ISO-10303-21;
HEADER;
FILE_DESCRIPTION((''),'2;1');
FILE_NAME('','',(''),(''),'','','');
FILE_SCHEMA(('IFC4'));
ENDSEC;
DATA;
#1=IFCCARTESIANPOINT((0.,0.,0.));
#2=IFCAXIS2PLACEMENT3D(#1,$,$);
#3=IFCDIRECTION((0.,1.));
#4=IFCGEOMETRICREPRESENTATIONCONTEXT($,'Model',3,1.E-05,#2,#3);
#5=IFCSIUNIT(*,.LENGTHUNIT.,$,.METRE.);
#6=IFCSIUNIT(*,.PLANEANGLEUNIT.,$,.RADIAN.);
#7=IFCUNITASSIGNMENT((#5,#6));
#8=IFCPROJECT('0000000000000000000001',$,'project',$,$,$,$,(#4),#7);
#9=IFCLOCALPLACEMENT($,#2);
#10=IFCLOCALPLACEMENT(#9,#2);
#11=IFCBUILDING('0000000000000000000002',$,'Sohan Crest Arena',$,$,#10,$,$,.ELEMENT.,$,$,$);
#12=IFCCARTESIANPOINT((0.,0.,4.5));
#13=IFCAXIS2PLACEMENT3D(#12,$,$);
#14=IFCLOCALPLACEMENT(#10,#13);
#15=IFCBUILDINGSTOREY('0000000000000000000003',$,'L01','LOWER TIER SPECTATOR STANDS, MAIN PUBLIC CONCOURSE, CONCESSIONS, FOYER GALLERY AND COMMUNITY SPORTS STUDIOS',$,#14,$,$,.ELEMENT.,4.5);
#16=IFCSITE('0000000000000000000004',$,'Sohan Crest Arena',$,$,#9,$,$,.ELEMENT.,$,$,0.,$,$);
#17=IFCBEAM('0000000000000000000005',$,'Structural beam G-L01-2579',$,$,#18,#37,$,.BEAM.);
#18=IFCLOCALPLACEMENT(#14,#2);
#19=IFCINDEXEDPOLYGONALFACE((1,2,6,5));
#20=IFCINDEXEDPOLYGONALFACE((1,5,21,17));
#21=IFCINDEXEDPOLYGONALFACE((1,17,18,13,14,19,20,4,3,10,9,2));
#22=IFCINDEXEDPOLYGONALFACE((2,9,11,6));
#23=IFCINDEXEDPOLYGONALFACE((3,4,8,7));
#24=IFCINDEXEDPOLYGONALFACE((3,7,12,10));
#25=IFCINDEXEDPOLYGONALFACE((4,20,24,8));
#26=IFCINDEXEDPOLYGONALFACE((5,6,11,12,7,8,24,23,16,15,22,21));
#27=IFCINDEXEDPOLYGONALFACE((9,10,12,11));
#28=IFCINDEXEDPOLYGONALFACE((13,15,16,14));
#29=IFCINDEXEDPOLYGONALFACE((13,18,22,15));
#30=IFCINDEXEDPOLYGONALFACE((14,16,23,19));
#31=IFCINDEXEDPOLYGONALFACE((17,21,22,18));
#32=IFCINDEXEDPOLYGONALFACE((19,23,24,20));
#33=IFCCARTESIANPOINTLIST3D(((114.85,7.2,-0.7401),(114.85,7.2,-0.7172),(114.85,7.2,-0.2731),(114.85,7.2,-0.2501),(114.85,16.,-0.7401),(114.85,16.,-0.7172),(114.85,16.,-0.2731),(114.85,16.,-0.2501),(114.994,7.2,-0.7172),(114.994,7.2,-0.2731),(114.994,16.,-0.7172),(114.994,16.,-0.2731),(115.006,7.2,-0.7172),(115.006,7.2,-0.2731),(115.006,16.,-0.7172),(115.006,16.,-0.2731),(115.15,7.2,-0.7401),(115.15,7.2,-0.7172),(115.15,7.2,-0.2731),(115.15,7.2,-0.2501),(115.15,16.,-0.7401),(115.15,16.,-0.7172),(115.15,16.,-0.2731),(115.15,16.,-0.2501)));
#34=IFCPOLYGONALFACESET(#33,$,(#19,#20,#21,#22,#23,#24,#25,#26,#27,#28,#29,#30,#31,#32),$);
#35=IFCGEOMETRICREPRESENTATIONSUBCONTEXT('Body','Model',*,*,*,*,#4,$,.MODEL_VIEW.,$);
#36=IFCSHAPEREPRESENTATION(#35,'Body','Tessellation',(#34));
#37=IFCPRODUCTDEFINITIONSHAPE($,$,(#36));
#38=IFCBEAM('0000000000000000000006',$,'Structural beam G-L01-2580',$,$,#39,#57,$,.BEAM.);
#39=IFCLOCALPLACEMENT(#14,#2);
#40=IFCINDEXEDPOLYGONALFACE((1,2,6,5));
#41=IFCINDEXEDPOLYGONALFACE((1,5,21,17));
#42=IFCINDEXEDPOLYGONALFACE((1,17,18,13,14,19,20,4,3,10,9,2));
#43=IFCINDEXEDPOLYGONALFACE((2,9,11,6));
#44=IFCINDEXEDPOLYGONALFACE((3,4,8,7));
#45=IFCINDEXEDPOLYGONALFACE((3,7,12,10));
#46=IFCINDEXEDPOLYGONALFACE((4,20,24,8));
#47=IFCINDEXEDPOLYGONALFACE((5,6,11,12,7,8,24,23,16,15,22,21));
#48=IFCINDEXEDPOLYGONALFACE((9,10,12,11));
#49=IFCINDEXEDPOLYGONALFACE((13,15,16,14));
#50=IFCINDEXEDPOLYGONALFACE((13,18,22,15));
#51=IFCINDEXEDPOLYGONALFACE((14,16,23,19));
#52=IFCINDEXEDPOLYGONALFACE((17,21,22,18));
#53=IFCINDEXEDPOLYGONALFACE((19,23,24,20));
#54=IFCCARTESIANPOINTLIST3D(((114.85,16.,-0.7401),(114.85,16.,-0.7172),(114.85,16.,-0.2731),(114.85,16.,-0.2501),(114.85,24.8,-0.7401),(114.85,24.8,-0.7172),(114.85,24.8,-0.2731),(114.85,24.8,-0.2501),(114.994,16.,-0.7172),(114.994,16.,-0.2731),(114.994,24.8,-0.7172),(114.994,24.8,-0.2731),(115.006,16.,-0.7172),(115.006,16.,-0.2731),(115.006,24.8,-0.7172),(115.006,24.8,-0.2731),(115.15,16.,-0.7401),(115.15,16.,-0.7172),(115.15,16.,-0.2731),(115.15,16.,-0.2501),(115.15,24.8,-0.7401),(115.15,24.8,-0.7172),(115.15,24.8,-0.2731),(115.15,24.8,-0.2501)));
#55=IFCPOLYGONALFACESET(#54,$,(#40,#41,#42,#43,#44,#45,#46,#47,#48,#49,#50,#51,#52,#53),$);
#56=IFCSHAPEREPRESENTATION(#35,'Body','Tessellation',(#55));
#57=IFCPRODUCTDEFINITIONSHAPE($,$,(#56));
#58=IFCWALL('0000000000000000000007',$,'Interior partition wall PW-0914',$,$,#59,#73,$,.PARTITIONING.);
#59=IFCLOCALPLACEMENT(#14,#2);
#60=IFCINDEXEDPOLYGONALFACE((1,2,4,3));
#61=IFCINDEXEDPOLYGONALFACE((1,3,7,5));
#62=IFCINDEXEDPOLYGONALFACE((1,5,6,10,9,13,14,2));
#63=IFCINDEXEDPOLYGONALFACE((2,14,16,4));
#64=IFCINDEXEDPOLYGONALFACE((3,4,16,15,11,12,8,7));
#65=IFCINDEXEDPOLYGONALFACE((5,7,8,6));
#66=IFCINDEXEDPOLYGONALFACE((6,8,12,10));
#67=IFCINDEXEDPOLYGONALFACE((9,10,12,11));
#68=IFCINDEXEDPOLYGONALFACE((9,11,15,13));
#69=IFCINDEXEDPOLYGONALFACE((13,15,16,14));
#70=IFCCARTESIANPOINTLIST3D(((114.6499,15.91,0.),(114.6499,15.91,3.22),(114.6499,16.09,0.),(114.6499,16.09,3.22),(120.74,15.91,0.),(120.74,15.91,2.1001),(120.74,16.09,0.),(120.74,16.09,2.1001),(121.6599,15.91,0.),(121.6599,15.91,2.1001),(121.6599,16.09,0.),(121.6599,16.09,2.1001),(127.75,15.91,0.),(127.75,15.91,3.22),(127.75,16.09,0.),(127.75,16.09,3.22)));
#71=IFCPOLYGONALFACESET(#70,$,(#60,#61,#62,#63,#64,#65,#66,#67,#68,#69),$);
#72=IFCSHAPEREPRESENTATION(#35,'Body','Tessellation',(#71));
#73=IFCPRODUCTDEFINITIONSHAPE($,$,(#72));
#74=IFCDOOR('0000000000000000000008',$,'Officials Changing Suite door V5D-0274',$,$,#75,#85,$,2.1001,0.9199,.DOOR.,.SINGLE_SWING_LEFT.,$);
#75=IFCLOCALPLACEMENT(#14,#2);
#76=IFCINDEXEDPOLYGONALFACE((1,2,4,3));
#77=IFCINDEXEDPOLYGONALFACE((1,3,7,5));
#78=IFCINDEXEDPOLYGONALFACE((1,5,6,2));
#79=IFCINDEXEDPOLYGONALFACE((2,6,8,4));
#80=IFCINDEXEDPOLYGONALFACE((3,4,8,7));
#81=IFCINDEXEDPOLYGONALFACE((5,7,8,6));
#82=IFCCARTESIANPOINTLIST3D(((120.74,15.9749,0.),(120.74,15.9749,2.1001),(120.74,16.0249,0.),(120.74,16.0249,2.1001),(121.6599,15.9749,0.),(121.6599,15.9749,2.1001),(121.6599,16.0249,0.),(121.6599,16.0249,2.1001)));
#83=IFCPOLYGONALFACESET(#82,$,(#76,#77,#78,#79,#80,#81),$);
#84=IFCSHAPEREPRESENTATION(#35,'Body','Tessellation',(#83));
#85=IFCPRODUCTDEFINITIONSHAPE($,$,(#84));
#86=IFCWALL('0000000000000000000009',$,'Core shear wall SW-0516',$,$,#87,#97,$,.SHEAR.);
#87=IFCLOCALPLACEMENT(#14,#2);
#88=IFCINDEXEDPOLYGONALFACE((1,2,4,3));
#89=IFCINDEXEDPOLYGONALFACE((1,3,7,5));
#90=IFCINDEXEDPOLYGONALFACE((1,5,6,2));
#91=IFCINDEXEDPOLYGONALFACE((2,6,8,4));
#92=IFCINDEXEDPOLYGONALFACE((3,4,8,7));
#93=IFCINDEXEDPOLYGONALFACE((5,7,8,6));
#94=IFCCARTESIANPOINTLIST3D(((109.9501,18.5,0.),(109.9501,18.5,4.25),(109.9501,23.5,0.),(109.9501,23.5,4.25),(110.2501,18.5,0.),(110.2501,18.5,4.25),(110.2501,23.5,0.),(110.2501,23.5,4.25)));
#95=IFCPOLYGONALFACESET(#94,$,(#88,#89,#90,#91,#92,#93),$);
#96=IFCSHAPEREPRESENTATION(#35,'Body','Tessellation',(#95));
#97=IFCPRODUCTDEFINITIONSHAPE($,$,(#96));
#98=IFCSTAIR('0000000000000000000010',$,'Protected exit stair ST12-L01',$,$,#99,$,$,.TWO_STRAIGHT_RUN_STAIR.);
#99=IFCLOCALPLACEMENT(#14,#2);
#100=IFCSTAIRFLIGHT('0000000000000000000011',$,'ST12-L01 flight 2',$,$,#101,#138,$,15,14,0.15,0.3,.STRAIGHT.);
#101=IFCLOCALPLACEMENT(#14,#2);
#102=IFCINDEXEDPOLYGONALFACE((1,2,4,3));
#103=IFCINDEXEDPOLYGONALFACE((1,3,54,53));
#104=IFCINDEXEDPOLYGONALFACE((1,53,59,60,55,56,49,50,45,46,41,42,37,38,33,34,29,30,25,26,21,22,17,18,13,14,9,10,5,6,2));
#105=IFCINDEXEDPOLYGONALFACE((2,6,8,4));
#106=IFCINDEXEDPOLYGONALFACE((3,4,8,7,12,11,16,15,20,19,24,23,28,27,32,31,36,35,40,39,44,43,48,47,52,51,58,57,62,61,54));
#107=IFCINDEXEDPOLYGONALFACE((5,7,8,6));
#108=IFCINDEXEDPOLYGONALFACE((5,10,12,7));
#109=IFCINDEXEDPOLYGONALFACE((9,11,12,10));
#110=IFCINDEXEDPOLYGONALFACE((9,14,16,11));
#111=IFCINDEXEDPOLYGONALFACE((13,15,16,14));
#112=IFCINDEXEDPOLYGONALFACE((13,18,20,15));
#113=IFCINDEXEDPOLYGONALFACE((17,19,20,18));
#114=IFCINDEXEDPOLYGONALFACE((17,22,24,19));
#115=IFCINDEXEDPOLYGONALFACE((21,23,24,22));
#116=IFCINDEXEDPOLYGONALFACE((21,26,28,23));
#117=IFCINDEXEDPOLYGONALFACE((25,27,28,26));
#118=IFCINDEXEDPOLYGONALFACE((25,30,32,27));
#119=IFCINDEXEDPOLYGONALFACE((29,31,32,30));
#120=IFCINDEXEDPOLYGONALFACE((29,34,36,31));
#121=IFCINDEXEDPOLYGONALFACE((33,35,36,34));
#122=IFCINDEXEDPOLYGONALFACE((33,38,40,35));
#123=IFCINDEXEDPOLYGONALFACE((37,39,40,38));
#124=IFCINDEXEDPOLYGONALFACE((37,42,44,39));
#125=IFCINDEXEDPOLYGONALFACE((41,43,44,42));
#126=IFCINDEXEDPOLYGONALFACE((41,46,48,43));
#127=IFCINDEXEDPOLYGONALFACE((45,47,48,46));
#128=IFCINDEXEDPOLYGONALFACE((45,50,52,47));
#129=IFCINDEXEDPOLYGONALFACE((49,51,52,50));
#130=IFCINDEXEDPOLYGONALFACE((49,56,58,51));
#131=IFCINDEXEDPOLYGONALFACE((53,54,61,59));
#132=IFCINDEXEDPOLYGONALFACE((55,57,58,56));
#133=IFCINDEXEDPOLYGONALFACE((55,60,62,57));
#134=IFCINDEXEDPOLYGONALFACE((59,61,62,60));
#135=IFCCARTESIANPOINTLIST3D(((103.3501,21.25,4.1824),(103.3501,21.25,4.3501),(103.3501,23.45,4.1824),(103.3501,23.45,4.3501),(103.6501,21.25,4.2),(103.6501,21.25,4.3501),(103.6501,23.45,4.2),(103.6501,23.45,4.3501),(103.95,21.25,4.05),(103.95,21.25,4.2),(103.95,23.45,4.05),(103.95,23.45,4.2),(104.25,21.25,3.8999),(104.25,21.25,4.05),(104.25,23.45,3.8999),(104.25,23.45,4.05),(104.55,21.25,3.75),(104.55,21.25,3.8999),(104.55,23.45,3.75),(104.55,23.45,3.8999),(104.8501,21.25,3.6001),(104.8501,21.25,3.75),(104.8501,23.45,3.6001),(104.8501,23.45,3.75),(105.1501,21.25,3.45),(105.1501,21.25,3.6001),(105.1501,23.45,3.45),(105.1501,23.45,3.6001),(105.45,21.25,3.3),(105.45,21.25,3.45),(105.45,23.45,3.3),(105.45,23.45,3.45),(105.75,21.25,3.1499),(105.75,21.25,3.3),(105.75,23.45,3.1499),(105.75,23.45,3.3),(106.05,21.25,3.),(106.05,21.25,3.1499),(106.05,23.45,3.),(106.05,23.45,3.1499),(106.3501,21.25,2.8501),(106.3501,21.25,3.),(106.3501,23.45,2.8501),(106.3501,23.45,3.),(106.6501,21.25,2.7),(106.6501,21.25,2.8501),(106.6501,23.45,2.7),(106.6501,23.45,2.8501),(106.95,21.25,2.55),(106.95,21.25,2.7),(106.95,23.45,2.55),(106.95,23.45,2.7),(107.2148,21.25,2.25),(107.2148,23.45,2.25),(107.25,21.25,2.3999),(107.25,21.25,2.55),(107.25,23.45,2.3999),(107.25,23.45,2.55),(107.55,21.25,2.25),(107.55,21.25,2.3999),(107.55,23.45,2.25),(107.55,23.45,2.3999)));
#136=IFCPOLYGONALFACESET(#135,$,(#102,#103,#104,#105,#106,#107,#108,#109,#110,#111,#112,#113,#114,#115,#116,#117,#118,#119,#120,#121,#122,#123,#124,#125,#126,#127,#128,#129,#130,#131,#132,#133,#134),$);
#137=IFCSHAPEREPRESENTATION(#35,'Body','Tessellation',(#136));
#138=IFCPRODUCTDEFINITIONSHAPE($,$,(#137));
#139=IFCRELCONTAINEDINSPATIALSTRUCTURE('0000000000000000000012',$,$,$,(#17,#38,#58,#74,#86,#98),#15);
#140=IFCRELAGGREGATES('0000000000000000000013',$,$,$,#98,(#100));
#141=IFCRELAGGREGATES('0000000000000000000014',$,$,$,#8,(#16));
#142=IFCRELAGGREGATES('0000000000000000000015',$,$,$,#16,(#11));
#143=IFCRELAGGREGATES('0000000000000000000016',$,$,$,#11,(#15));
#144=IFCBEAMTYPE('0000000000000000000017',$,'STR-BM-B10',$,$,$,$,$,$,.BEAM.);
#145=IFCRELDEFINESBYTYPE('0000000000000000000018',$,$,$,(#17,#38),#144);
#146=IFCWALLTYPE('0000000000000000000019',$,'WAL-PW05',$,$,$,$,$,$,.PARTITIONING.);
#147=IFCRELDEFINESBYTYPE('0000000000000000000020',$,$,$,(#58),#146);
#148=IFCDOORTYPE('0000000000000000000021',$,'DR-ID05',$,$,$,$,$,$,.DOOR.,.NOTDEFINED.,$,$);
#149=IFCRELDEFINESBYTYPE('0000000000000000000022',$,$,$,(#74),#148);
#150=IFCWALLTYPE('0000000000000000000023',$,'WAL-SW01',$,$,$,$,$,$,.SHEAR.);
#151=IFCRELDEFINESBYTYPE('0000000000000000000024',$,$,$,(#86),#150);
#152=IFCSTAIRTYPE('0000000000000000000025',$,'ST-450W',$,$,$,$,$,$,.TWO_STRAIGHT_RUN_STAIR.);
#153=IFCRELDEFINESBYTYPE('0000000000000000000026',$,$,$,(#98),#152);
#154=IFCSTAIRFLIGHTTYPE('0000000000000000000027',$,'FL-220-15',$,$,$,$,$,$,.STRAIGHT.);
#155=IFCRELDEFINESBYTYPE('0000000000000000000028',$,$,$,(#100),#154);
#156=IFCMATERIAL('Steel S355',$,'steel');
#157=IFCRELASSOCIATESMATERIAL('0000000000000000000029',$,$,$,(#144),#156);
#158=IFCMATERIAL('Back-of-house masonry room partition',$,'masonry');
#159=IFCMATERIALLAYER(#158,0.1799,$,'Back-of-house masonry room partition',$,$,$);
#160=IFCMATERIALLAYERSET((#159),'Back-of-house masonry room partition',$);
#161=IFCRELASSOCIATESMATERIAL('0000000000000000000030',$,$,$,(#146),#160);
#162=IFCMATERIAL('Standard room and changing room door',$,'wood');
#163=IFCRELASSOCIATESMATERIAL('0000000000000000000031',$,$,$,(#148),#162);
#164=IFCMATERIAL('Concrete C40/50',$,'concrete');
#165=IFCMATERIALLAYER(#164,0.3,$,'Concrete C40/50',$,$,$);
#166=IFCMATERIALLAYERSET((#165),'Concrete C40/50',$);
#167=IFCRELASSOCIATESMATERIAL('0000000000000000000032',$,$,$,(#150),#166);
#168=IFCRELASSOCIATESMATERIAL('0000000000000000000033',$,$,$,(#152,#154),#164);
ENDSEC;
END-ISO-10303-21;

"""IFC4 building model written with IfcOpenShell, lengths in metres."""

from ifc_helpers import new_model, si_unit, direction, frame, frame_2d, origin, origin_2d, place, context, subcontext, project, spatial, polyline, rectangle, i_section, outline, extrude, material, layer, layer_set, material_profile, profile_set, type_object, element, fill, aggregate, save


model = new_model("IFC4")

# Units and contexts
model_context = context("Model", 3, precision=1e-05, world=origin(), true_north=direction((0.0, 1.0)))
body_context = subcontext(model_context, "Body", "Model", "MODEL_VIEW")
ifc_project = project(units=[si_unit("LENGTHUNIT", "METRE"), si_unit("PLANEANGLEUNIT", "RADIAN")], contexts=[model_context])

# Site, building, storey
site_placement = place(None, origin())
site = spatial("IfcSite", under=ifc_project, at=site_placement, Name="Sohan Crest Arena", CompositionType="ELEMENT", RefElevation=0.0)
building_placement = place(site_placement, origin())
building = spatial("IfcBuilding", under=site, at=building_placement, Name="Sohan Crest Arena", CompositionType="ELEMENT")
storey_placement = place(building_placement, frame((0.0, 0.0, 4.5)))
storey = spatial("IfcBuildingStorey", under=building, at=storey_placement, Name="L01", Description="LOWER TIER SPECTATOR STANDS, MAIN PUBLIC CONCOURSE, CONCESSIONS, FOYER GALLERY AND COMMUNITY SPORTS STUDIOS", CompositionType="ELEMENT", Elevation=4.5)

# Shared definitions
ifc_material_1 = material(Name="Steel S355", Category="steel")

# Beams
ifc_material_profile_1 = material_profile(ifc_material_1, i_section(OverallWidth=0.3, OverallDepth=0.49, WebThickness=0.012, FlangeThickness=0.0229, at=origin_2d()), Name="HEA 500")
ifc_profile_set_1 = profile_set([ifc_material_profile_1], Name="Steel S355")
beam_type_1 = type_object("IfcBeamType", Name="STR-BM-B10", PredefinedType="BEAM", material=ifc_profile_set_1)
for number, where, z_axis, x_axis, name in (
    (1, (115.0, 7.2, -0.4951), (0.0, 1.0, 0.0), (-1.0, 0.0, 0.0), "Structural beam G-L01-2579"),
    (2, (115.0, 16.0, -0.4951), (0.0, 1.0, 0.0), (-1.0, 0.0, 0.0), "Structural beam G-L01-2580"),
):
    element("IfcBeam", number, at=place(storey_placement, frame(where, z_axis=z_axis, x_axis=x_axis)), inside=storey, type_object=beam_type_1, Name=name, PredefinedType="BEAM", context=body_context, shape_type="SweptSolid", body=[
        extrude(i_section(OverallWidth=0.3, OverallDepth=0.49, WebThickness=0.012, FlangeThickness=0.0229, at=origin_2d()), origin(), (0.0, 0.0, 1.0), 8.8),
    ])

# Wall, opening, door
ifc_material_2 = material(Name="Back-of-house masonry room partition", Category="masonry")
ifc_layer_1 = layer(ifc_material_2, 0.1799, Name="Back-of-house masonry room partition")
ifc_layer_set_1 = layer_set([ifc_layer_1], Name="Back-of-house masonry room partition")
wall_type_1 = type_object("IfcWallType", Name="WAL-PW05", PredefinedType="PARTITIONING", material=ifc_layer_set_1)
wall_1_placement = place(storey_placement, frame((114.6499, 16.0, 0.0), z_axis=(0.0, 0.0, 1.0), x_axis=(1.0, 0.0, 0.0)))
wall_1 = element("IfcWall", 3, at=wall_1_placement, inside=storey, type_object=wall_type_1, Name="Interior partition wall PW-0914", PredefinedType="PARTITIONING", context=body_context, shape_type="SweptSolid", body=[
    extrude(rectangle(XDim=13.1001, YDim=0.1799, at=frame_2d((6.55, 0.0))), origin(), (0.0, 0.0, 1.0), 3.22),
])
opening_placement = place(wall_1_placement, frame((6.0901, 0.0, 0.0)))
opening = element("IfcOpeningElement", 4, at=opening_placement, cuts=wall_1, PredefinedType="OPENING", context=body_context, shape_type="SweptSolid", body=[
    extrude(rectangle(XDim=0.9199, YDim=2.1001, at=frame_2d((0.46, 1.05))), frame((0.0, 0.0999, 0.0), z_axis=(0.0, -1.0, 0.0), x_axis=(1.0, 0.0, 0.0)), (0.0, 0.0, 1.0), 0.2),
])
ifc_material_3 = material(Name="Standard room and changing room door", Category="wood")
door_type = type_object("IfcDoorType", Name="DR-ID05", OperationType="NOTDEFINED", PredefinedType="DOOR", material=ifc_material_3)
door_placement = place(opening_placement, origin())
door = element("IfcDoor", 5, at=door_placement, inside=storey, type_object=door_type, Name="Officials Changing Suite door V5D-0274", OperationType="SINGLE_SWING_LEFT", OverallHeight=2.1001, OverallWidth=0.9199, PredefinedType="DOOR", context=body_context, shape_type="SweptSolid", body=[
    extrude(rectangle(XDim=0.9199, YDim=2.1001, at=frame_2d((0.46, 1.05))), frame((0.0, 0.0249, 0.0), z_axis=(0.0, -1.0, 0.0), x_axis=(1.0, 0.0, 0.0)), (0.0, 0.0, 1.0), 0.05),
])
fill(opening, door)

# Wall
ifc_material_4 = material(Name="Concrete C40/50", Category="concrete")
ifc_layer_2 = layer(ifc_material_4, 0.3, Name="Concrete C40/50")
ifc_layer_set_2 = layer_set([ifc_layer_2], Name="Concrete C40/50")
wall_type_2 = type_object("IfcWallType", Name="WAL-SW01", PredefinedType="SHEAR", material=ifc_layer_set_2)
wall_2_placement = place(storey_placement, frame((110.1001, 18.5, 0.0), z_axis=(0.0, 0.0, 1.0), x_axis=(0.0, 1.0, 0.0)))
element("IfcWall", 6, at=wall_2_placement, inside=storey, type_object=wall_type_2, Name="Core shear wall SW-0516", PredefinedType="SHEAR", context=body_context, shape_type="SweptSolid", body=[
    extrude(rectangle(XDim=5.0, YDim=0.3, at=frame_2d((2.5, 0.0))), origin(), (0.0, 0.0, 1.0), 4.25),
])

# Stair, stair flight
stair_type = type_object("IfcStairType", Name="ST-450W", PredefinedType="TWO_STRAIGHT_RUN_STAIR", material=ifc_material_4)
stair_placement = place(storey_placement, origin())
stair = element("IfcStair", 7, at=stair_placement, inside=storey, type_object=stair_type, Name="Protected exit stair ST12-L01", PredefinedType="TWO_STRAIGHT_RUN_STAIR")
stair_flight_type = type_object("IfcStairFlightType", Name="FL-220-15", PredefinedType="STRAIGHT", material=ifc_material_4)
stair_flight_placement = place(storey_placement, frame((107.55, 22.3501, 2.25), z_axis=(0.0, 0.0, 1.0), x_axis=(-1.0, 0.0, 0.0)))
stair_flight = element("IfcStairFlight", 8, at=stair_flight_placement, type_object=stair_flight_type, Name="ST12-L01 flight 2", NumberOfRisers=15, NumberOfTreads=14, PredefinedType="STRAIGHT", RiserHeight=0.15, TreadLength=0.3, context=body_context, shape_type="SweptSolid", body=[
    extrude(outline(polyline([(0.0, 0.0), (0.0, 0.1499), (0.3, 0.1499), (0.3, 0.3), (0.6001, 0.3), (0.6001, 0.45), (0.8999, 0.45), (0.8999, 0.6001), (1.2, 0.6001), (1.2, 0.75), (1.5, 0.75), (1.5, 0.8999), (1.8, 0.8999), (1.8, 1.05), (2.1001, 1.05), (2.1001, 1.2), (2.3999, 1.2), (2.3999, 1.3501), (2.7, 1.3501), (2.7, 1.5), (3.0, 1.5), (3.0, 1.6499), (3.3, 1.6499), (3.3, 1.8), (3.6001, 1.8), (3.6001, 1.95), (3.8999, 1.95), (3.8999, 2.1001), (4.2, 2.1001), (4.2, 2.25), (4.2, 1.9324), (0.3352, 0.0), (0.0, 0.0)])), frame((0.0, 1.1001, 0.0), z_axis=(0.0, -1.0, 0.0), x_axis=(1.0, 0.0, 0.0)), (0.0, 0.0, 1.0), 2.2),
])
aggregate(stair, [stair_flight])

save(model, "model.ifc")
